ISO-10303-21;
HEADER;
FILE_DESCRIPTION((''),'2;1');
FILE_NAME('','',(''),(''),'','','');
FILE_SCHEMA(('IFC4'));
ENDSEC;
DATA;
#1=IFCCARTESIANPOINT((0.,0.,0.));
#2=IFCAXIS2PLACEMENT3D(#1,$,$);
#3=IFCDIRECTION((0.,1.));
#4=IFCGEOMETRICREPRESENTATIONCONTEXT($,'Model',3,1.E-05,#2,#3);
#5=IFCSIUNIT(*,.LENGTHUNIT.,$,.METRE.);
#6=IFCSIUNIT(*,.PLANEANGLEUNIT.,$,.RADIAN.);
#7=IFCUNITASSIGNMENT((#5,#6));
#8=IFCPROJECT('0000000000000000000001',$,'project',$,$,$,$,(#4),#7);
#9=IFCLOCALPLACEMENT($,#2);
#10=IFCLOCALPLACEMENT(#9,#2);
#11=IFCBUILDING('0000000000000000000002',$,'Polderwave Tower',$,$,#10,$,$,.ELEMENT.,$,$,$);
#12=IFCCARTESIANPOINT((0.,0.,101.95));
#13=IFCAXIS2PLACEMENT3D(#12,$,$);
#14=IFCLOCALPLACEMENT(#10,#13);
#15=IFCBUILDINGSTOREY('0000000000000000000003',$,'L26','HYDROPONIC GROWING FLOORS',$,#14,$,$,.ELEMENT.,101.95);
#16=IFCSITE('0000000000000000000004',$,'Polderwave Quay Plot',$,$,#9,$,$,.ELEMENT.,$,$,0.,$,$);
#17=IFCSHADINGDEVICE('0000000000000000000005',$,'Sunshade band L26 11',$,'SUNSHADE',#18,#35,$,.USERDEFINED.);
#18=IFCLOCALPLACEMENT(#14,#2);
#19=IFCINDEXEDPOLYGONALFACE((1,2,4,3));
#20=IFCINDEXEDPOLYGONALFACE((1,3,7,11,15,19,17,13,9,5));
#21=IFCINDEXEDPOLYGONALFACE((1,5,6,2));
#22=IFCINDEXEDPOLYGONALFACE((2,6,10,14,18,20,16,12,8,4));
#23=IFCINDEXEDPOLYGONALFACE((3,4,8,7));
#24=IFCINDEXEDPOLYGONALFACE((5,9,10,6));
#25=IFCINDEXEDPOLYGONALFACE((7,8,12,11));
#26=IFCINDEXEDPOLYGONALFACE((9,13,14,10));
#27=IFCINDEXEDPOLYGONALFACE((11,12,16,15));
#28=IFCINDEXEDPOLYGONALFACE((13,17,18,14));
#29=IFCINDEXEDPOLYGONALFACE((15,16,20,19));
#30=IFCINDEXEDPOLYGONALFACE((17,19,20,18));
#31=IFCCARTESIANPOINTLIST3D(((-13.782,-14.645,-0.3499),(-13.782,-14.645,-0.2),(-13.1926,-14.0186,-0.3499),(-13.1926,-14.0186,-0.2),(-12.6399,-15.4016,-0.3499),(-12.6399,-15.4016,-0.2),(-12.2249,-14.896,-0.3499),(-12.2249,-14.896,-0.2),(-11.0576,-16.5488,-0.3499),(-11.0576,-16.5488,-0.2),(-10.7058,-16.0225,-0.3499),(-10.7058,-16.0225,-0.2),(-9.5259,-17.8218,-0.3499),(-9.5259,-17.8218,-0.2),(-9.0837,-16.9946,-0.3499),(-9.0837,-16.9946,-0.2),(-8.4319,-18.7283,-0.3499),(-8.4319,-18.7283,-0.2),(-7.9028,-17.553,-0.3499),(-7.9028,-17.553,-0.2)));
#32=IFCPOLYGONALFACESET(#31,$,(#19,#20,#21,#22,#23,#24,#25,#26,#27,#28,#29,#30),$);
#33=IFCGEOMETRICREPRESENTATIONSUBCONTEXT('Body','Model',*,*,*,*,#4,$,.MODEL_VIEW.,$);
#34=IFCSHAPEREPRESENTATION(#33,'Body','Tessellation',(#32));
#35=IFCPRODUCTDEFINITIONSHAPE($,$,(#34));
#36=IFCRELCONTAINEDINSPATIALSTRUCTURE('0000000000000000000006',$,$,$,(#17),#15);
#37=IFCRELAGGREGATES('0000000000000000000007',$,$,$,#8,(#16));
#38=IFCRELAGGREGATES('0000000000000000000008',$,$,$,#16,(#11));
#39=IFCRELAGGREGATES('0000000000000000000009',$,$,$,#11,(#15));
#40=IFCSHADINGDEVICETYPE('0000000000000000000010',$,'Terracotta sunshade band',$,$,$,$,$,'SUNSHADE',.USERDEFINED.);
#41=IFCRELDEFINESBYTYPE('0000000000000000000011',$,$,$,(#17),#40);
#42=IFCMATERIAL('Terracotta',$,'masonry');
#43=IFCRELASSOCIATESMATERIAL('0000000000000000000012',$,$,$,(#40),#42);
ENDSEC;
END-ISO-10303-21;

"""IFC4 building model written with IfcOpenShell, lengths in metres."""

from ifc_helpers import new_model, si_unit, direction, frame, origin, place, context, subcontext, project, spatial, polyline, outline, extrude, material, type_object, element, save


model = new_model("IFC4")

# Units and contexts
model_context = context("Model", 3, precision=1e-05, world=origin(), true_north=direction((0.0, 1.0)))
body_context = subcontext(model_context, "Body", "Model", "MODEL_VIEW")
ifc_project = project(units=[si_unit("LENGTHUNIT", "METRE"), si_unit("PLANEANGLEUNIT", "RADIAN")], contexts=[model_context])

# Site, building, storey
site_placement = place(None, origin())
site = spatial("IfcSite", under=ifc_project, at=site_placement, Name="Polderwave Quay Plot", CompositionType="ELEMENT", RefElevation=0.0)
building_placement = place(site_placement, origin())
building = spatial("IfcBuilding", under=site, at=building_placement, Name="Polderwave Tower", CompositionType="ELEMENT")
storey_placement = place(building_placement, frame((0.0, 0.0, 101.95)))
storey = spatial("IfcBuildingStorey", under=building, at=storey_placement, Name="L26", Description="HYDROPONIC GROWING FLOORS", CompositionType="ELEMENT", Elevation=101.95)

# Shading device
ifc_material_1 = material(Name="Terracotta", Category="masonry")
shading_device_type = type_object("IfcShadingDeviceType", Name="Terracotta sunshade band", ElementType="SUNSHADE", PredefinedType="USERDEFINED", material=ifc_material_1)
shading_device_1_placement = place(storey_placement, frame((0.0, 0.0, -0.3499)))
element("IfcShadingDevice", 1, at=shading_device_1_placement, inside=storey, type_object=shading_device_type, Name="Sunshade band L26 11", ObjectType="SUNSHADE", PredefinedType="USERDEFINED", context=body_context, shape_type="SweptSolid", body=[
    extrude(outline(polyline([(-13.1926, -14.0186), (-12.2249, -14.896), (-10.7058, -16.0225), (-9.0837, -16.9946), (-7.9028, -17.553), (-8.4319, -18.7283), (-9.5259, -17.8218), (-11.0576, -16.5488), (-12.6399, -15.4016), (-13.782, -14.645), (-13.1926, -14.0186)])), origin(), (0.0, 0.0, 1.0), 0.1499),
])

save(model, "model.ifc")
